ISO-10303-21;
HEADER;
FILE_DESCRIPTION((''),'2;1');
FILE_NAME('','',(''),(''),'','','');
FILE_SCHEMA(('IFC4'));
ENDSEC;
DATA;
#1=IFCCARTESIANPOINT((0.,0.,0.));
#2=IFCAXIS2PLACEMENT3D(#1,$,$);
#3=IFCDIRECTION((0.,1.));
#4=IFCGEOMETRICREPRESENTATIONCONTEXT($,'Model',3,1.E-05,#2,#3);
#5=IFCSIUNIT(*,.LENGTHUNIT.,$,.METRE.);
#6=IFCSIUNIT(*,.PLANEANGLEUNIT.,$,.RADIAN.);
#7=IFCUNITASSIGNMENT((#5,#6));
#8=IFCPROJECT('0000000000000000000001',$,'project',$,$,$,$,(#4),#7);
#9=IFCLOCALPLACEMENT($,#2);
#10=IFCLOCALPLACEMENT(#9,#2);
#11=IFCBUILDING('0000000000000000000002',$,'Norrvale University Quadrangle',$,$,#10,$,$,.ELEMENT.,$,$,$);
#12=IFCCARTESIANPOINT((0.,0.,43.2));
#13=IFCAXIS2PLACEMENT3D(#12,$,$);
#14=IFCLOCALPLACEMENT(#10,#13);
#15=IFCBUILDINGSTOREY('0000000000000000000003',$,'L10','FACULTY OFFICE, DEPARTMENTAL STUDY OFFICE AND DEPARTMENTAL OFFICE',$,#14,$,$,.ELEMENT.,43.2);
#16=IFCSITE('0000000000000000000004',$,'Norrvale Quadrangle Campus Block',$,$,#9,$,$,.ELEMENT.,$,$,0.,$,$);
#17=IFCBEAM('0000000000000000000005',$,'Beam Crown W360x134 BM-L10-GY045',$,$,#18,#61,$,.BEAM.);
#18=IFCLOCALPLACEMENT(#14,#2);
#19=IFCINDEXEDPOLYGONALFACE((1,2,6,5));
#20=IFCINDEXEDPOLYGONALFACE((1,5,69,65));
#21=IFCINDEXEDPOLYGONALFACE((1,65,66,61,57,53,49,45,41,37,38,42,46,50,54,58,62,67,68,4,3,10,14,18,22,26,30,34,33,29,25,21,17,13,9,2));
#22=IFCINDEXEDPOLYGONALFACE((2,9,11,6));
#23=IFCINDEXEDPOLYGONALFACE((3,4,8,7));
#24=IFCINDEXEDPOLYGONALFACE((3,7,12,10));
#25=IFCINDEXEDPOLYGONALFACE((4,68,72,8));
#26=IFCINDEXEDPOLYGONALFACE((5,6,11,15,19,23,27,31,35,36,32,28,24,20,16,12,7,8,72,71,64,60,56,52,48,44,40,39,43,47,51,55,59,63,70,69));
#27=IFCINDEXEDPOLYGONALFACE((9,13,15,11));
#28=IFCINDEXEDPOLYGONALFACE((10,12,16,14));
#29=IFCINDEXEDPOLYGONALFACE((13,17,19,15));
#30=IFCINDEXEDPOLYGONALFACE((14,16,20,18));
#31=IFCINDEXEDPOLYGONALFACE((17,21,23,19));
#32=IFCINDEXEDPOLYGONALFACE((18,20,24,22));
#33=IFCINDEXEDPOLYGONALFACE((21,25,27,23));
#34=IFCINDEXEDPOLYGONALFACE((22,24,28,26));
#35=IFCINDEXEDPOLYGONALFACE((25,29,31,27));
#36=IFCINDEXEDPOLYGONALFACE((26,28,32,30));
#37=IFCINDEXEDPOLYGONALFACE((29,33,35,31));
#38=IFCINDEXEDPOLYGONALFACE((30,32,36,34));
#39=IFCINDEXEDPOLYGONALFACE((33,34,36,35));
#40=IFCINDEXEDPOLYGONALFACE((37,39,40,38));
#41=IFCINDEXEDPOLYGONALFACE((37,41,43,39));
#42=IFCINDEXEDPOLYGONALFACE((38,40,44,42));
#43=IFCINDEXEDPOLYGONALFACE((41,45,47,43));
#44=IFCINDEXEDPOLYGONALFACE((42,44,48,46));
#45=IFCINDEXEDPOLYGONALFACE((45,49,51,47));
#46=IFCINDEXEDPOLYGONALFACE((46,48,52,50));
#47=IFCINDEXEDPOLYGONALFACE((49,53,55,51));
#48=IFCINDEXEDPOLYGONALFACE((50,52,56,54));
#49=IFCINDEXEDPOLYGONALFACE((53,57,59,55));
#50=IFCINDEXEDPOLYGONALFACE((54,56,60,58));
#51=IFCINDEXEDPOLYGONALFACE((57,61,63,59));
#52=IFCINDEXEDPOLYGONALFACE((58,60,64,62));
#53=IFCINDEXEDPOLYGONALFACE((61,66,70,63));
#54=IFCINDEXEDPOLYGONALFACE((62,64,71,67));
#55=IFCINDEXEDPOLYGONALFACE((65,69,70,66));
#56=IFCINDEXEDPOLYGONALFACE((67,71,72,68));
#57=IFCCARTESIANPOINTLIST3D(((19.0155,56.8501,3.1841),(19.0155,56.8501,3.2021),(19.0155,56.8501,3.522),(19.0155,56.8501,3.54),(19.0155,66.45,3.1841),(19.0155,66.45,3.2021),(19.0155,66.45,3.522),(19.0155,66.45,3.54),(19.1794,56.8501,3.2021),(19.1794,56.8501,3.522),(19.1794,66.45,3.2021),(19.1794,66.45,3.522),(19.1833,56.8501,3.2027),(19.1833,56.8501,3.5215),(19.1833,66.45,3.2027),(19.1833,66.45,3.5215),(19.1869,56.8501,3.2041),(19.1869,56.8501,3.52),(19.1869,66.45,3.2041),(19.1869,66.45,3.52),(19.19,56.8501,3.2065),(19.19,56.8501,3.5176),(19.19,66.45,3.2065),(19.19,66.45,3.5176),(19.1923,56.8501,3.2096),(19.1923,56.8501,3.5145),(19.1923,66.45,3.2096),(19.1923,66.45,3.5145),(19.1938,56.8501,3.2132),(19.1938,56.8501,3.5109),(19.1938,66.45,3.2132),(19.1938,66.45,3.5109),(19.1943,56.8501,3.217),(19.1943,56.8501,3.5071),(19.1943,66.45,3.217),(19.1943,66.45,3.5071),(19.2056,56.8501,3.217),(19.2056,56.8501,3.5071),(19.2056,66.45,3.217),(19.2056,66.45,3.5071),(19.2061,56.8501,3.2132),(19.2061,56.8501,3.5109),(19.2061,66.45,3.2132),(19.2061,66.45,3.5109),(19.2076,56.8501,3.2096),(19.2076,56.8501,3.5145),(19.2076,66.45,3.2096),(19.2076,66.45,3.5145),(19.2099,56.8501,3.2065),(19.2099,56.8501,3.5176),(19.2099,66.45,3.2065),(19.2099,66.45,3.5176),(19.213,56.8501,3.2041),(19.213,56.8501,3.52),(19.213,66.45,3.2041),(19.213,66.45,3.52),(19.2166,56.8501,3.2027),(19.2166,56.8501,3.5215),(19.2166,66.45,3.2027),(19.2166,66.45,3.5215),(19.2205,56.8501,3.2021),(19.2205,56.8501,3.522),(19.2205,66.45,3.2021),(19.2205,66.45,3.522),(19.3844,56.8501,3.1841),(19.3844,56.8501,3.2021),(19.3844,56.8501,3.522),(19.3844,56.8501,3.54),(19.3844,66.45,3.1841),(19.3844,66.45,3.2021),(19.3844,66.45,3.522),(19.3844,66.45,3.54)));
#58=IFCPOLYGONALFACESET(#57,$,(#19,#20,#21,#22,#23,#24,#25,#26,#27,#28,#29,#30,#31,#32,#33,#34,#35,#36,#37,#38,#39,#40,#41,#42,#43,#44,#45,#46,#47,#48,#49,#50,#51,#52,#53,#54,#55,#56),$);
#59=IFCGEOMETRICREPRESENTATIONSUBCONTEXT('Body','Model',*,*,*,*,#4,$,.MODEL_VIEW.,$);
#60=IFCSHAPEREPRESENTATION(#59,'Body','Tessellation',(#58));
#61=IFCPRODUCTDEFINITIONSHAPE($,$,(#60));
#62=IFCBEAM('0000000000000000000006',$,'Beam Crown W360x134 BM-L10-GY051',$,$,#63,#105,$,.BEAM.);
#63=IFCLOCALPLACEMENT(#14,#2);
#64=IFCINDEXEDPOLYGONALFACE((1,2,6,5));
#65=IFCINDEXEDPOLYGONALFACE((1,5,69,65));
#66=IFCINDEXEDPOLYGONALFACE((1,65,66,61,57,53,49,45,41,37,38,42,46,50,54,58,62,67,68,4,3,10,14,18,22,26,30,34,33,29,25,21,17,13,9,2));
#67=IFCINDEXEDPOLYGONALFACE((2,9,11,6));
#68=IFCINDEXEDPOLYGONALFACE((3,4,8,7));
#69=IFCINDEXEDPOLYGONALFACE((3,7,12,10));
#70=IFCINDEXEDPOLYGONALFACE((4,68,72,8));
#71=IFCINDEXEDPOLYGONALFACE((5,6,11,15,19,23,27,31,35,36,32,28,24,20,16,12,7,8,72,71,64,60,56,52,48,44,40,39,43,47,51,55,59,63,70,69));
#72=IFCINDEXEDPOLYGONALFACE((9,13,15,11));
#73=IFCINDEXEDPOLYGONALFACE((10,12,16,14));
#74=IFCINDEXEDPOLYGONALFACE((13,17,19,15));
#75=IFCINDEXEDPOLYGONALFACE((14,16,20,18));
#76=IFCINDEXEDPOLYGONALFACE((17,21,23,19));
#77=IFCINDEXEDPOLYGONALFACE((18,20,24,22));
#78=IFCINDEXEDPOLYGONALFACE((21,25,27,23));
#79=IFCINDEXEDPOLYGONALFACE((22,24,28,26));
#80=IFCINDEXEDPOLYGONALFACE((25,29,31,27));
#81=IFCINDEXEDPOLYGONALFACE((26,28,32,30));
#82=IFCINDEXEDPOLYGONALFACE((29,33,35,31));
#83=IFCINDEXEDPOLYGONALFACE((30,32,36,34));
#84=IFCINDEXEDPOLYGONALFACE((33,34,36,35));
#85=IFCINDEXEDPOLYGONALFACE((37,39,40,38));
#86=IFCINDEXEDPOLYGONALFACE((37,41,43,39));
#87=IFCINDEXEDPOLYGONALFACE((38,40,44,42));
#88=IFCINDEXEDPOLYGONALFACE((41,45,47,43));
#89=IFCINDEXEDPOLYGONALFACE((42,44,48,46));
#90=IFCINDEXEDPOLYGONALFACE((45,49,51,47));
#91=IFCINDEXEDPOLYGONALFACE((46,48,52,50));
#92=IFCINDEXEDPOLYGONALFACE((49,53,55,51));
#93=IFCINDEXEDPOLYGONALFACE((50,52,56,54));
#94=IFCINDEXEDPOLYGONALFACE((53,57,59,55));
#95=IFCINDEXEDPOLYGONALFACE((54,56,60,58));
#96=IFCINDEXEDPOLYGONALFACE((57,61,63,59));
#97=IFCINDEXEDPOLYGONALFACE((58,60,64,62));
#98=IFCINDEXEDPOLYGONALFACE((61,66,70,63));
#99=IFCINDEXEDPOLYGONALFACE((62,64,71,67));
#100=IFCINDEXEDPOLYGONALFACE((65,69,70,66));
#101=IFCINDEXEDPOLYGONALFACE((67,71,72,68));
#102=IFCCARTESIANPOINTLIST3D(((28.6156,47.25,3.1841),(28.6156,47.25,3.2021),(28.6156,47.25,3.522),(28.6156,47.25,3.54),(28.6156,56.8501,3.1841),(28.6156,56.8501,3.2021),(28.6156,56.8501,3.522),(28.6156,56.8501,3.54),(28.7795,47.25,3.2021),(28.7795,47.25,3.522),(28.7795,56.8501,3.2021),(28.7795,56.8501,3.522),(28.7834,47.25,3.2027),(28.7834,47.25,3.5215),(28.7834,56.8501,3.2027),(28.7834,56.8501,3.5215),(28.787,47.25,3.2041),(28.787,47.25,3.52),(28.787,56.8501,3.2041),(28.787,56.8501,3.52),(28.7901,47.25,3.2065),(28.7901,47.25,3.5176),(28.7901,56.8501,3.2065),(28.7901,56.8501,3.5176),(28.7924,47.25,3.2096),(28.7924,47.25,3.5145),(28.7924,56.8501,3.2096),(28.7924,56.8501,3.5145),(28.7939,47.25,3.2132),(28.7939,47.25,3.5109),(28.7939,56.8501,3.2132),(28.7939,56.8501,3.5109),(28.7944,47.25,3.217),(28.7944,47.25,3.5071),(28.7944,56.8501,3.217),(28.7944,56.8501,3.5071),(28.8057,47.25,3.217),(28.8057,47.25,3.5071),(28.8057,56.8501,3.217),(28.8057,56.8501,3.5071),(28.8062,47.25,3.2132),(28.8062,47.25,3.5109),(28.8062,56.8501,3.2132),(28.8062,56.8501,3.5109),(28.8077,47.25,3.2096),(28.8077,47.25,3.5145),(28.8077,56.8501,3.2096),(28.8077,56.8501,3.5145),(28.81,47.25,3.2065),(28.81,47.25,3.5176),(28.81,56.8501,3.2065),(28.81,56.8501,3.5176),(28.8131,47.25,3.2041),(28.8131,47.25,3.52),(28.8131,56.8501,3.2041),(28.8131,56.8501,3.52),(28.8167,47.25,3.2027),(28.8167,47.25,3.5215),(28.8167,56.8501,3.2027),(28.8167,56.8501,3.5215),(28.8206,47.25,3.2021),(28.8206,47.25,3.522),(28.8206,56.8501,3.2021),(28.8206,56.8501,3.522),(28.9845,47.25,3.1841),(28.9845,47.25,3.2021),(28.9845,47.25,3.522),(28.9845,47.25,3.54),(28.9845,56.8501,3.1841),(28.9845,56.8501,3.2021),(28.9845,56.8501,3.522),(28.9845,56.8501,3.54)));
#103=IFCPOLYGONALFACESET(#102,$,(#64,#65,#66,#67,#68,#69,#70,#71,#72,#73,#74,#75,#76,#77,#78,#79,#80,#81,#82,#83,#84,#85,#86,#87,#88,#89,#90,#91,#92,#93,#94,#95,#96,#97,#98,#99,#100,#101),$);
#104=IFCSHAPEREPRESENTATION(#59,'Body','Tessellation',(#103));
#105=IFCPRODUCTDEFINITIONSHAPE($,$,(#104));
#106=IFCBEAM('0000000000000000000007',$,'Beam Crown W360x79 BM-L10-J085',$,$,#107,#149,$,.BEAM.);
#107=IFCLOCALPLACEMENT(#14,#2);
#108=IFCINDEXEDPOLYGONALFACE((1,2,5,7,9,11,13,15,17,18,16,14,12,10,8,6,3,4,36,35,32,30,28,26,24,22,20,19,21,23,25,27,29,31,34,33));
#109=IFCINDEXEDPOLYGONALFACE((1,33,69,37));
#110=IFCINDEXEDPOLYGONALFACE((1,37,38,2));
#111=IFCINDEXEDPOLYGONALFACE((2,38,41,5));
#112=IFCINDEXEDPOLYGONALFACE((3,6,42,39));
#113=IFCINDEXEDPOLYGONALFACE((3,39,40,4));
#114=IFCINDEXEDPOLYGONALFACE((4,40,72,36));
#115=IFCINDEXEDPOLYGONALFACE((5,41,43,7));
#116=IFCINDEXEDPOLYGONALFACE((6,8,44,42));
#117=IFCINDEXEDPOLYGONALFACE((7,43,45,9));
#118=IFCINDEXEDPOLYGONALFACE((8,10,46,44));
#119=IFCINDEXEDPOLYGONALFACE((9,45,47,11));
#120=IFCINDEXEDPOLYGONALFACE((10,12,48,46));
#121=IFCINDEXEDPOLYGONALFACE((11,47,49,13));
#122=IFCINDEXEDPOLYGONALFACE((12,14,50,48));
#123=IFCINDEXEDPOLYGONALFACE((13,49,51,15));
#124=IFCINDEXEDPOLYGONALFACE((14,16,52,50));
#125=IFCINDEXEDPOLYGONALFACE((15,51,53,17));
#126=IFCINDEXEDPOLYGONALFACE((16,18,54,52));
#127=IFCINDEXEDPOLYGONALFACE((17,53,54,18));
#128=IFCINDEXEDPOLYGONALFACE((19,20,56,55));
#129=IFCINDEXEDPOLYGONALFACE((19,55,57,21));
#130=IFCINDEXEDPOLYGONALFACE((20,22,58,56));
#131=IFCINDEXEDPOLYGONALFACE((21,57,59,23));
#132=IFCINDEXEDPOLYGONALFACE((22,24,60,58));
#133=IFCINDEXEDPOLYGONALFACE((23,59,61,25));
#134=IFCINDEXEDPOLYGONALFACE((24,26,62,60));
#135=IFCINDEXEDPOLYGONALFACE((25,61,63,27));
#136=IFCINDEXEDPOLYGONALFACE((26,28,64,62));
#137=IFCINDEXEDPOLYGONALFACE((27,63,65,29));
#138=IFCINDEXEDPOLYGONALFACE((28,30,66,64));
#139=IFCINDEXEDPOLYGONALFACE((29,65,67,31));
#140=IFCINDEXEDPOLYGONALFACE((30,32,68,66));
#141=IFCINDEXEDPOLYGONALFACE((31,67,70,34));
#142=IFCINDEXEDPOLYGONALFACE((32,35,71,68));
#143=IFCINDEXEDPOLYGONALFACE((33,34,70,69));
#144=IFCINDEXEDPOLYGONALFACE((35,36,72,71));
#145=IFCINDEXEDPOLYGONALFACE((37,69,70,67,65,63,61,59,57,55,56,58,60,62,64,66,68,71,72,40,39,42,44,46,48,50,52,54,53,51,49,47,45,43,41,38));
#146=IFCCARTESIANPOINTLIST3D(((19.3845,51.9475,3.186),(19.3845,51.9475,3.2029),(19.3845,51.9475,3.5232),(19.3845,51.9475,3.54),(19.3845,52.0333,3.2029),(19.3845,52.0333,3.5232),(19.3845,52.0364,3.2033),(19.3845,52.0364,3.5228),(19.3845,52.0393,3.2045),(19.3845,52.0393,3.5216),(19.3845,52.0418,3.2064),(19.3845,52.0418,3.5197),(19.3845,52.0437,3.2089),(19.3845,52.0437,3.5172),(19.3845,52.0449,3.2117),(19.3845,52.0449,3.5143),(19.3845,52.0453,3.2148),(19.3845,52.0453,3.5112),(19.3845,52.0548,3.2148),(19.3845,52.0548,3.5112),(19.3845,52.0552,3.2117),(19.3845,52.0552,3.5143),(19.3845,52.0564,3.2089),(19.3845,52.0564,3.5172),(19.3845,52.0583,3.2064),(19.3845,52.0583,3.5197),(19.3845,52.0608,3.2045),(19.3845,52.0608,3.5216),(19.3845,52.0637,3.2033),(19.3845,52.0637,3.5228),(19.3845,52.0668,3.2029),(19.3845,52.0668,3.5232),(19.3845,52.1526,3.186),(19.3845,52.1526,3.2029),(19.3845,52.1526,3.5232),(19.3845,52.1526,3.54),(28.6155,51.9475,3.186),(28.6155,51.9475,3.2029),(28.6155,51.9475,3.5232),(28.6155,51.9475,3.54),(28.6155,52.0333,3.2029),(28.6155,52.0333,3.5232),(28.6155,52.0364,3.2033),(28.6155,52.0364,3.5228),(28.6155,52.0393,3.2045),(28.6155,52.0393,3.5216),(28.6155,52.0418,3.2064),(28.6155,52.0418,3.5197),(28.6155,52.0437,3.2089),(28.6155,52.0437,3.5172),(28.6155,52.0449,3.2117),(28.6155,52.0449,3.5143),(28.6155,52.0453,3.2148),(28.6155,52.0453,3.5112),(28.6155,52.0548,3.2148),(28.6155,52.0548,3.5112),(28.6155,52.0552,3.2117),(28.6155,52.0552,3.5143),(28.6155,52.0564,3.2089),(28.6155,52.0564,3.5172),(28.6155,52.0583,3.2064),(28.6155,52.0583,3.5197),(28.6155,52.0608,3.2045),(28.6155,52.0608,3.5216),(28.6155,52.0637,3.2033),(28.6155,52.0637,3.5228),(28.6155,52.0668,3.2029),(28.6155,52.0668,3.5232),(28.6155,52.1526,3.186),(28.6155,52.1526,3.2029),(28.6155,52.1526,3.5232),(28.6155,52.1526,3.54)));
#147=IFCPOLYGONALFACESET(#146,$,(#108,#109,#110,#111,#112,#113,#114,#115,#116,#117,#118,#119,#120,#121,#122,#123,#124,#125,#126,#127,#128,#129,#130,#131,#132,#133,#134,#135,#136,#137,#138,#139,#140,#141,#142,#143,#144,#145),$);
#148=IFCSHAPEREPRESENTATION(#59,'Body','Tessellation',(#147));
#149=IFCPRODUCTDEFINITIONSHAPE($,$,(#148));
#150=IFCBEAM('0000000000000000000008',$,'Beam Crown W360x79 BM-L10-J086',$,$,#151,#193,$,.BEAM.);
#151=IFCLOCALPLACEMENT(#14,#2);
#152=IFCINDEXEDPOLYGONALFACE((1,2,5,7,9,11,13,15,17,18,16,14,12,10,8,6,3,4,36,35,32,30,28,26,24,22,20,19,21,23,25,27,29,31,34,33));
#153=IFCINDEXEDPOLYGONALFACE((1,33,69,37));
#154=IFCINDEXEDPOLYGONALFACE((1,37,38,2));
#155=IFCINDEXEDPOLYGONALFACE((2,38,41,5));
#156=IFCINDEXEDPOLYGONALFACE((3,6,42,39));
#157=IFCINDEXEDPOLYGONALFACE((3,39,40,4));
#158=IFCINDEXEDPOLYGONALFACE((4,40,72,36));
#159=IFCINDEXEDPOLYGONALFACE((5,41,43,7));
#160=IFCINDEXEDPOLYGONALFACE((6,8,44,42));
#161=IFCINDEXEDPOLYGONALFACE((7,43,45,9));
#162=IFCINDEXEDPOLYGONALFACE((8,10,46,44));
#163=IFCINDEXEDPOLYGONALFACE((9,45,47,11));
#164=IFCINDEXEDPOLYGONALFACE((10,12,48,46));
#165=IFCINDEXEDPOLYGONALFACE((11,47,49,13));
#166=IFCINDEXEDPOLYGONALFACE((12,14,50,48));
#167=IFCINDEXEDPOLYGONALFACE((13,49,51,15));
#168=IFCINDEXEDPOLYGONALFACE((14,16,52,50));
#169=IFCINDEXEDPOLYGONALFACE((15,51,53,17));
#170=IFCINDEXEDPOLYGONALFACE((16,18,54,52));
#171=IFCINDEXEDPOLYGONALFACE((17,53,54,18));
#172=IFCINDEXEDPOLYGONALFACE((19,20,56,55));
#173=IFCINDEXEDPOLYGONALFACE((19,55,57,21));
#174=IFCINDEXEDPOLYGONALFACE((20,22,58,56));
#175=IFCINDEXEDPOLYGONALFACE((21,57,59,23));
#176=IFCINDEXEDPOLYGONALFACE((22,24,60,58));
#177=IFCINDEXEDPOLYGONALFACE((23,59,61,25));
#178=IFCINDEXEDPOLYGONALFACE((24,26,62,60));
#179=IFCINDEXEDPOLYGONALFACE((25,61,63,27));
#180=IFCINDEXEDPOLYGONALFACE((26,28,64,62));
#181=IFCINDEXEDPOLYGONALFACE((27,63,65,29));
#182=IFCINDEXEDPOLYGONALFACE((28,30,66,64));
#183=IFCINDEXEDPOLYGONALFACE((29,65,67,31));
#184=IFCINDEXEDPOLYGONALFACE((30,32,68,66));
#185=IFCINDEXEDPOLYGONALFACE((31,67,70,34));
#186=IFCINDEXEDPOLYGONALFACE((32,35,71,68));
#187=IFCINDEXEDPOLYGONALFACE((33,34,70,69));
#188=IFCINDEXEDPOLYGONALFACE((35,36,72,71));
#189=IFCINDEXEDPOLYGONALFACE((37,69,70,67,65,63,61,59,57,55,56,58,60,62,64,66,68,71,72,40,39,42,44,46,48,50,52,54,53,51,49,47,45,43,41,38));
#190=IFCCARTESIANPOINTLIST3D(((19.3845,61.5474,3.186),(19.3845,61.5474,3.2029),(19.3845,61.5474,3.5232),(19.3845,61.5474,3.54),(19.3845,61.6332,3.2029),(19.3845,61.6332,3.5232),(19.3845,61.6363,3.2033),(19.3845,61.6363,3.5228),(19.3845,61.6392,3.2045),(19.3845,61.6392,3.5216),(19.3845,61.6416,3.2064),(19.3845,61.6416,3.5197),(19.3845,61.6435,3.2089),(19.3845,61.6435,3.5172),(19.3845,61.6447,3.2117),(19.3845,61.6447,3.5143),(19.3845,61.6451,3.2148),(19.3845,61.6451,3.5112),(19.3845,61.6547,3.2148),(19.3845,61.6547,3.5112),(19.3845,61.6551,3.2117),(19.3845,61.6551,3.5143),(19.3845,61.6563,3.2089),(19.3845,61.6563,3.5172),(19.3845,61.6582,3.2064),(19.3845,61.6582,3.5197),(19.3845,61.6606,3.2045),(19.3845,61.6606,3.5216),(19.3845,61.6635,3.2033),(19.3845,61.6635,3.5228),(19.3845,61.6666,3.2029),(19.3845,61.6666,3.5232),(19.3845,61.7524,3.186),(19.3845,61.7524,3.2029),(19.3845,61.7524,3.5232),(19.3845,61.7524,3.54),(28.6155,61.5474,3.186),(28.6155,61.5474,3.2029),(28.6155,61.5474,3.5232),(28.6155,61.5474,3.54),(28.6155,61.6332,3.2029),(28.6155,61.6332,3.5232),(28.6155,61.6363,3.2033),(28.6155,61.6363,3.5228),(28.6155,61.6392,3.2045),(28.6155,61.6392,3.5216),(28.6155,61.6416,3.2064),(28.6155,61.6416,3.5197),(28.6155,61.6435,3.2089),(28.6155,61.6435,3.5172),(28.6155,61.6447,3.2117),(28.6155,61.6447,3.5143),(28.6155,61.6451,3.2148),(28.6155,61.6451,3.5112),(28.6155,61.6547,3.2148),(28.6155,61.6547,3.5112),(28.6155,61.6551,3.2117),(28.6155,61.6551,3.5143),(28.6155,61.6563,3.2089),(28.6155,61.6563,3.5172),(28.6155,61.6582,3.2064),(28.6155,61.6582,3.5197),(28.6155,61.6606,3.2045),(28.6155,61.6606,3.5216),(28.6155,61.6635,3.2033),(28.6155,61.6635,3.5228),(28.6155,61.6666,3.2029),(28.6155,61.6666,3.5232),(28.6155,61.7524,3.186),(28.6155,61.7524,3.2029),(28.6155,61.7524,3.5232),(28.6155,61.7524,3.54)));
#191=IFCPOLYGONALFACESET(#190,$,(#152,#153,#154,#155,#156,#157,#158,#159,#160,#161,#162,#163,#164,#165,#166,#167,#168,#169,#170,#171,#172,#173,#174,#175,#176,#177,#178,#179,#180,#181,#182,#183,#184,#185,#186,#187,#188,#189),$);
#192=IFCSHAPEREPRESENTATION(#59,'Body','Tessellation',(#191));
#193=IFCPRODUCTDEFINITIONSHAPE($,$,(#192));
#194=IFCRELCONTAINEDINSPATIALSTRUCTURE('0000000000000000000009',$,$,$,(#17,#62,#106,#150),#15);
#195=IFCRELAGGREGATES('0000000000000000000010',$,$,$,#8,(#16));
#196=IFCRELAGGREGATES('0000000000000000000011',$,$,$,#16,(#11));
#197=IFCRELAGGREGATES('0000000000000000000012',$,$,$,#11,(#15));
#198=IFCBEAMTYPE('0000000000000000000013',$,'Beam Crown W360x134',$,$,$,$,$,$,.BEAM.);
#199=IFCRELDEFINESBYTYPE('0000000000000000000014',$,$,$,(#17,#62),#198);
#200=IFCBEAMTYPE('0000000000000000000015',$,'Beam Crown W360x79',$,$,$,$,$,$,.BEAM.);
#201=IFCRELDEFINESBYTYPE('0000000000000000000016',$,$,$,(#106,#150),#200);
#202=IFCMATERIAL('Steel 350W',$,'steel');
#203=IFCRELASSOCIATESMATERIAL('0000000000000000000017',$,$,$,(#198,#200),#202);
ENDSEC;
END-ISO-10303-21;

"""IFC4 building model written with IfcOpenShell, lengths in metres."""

from ifc_helpers import new_model, si_unit, direction, frame, origin, origin_2d, place, context, subcontext, project, spatial, i_section, extrude, material, material_profile, profile_set, type_object, element, save


model = new_model("IFC4")

# Units and contexts
model_context = context("Model", 3, precision=1e-05, world=origin(), true_north=direction((0.0, 1.0)))
body_context = subcontext(model_context, "Body", "Model", "MODEL_VIEW")
ifc_project = project(units=[si_unit("LENGTHUNIT", "METRE"), si_unit("PLANEANGLEUNIT", "RADIAN")], contexts=[model_context])

# Site, building, storey
site_placement = place(None, origin())
site = spatial("IfcSite", under=ifc_project, at=site_placement, Name="Norrvale Quadrangle Campus Block", CompositionType="ELEMENT", RefElevation=0.0)
building_placement = place(site_placement, origin())
building = spatial("IfcBuilding", under=site, at=building_placement, Name="Norrvale University Quadrangle", CompositionType="ELEMENT")
storey_placement = place(building_placement, frame((0.0, 0.0, 43.2)))
storey = spatial("IfcBuildingStorey", under=building, at=storey_placement, Name="L10", Description="FACULTY OFFICE, DEPARTMENTAL STUDY OFFICE AND DEPARTMENTAL OFFICE", CompositionType="ELEMENT", Elevation=43.2)

# Beams
ifc_material_1 = material(Name="Steel 350W", Category="steel")
ifc_material_profile_1 = material_profile(ifc_material_1, i_section(OverallWidth=0.3689, OverallDepth=0.356, WebThickness=0.0112, FlangeThickness=0.0181, FilletRadius=0.0149, at=origin_2d()), Name="Steel 350W")
ifc_profile_set_1 = profile_set([ifc_material_profile_1], Name="Steel 350W")
beam_type_1 = type_object("IfcBeamType", Name="Beam Crown W360x134", PredefinedType="BEAM", material=ifc_profile_set_1)
beam_1_placement = place(storey_placement, frame((19.2, 56.8501, 3.3621), z_axis=(0.0, 1.0, 0.0), x_axis=(-1.0, 0.0, 0.0)))
element("IfcBeam", 1, at=beam_1_placement, inside=storey, type_object=beam_type_1, Name="Beam Crown W360x134 BM-L10-GY045", PredefinedType="BEAM", context=body_context, shape_type="SweptSolid", body=[
    extrude(i_section(OverallWidth=0.3689, OverallDepth=0.356, WebThickness=0.0112, FlangeThickness=0.0181, FilletRadius=0.0149, at=origin_2d()), origin(), (0.0, 0.0, 1.0), 9.5999),
])
beam_2_placement = place(storey_placement, frame((28.8, 47.25, 3.3621), z_axis=(0.0, 1.0, 0.0), x_axis=(-1.0, 0.0, 0.0)))
element("IfcBeam", 2, at=beam_2_placement, inside=storey, type_object=beam_type_1, Name="Beam Crown W360x134 BM-L10-GY051", PredefinedType="BEAM", context=body_context, shape_type="SweptSolid", body=[
    extrude(i_section(OverallWidth=0.3689, OverallDepth=0.356, WebThickness=0.0112, FlangeThickness=0.0181, FilletRadius=0.0149, at=origin_2d()), origin(), (0.0, 0.0, 1.0), 9.6001),
])
ifc_material_profile_2 = material_profile(ifc_material_1, i_section(OverallWidth=0.2051, OverallDepth=0.354, WebThickness=0.0095, FlangeThickness=0.0168, FilletRadius=0.012, at=origin_2d()), Name="Steel 350W")
ifc_profile_set_2 = profile_set([ifc_material_profile_2], Name="Steel 350W")
beam_type_2 = type_object("IfcBeamType", Name="Beam Crown W360x79", PredefinedType="BEAM", material=ifc_profile_set_2)
for number, where, z_axis, x_axis, name in (
    (3, (19.3845, 52.05, 3.363), (1.0, 0.0, 0.0), (0.0, 1.0, 0.0), "Beam Crown W360x79 BM-L10-J085"),
    (4, (19.3845, 61.6499, 3.363), (1.0, 0.0, 0.0), (0.0, 1.0, 0.0), "Beam Crown W360x79 BM-L10-J086"),
):
    element("IfcBeam", number, at=place(storey_placement, frame(where, z_axis=z_axis, x_axis=x_axis)), inside=storey, type_object=beam_type_2, Name=name, PredefinedType="BEAM", context=body_context, shape_type="SweptSolid", body=[
        extrude(i_section(OverallWidth=0.2051, OverallDepth=0.354, WebThickness=0.0095, FlangeThickness=0.0168, FilletRadius=0.012, at=origin_2d()), origin(), (0.0, 0.0, 1.0), 9.231),
    ])

save(model, "model.ifc")
